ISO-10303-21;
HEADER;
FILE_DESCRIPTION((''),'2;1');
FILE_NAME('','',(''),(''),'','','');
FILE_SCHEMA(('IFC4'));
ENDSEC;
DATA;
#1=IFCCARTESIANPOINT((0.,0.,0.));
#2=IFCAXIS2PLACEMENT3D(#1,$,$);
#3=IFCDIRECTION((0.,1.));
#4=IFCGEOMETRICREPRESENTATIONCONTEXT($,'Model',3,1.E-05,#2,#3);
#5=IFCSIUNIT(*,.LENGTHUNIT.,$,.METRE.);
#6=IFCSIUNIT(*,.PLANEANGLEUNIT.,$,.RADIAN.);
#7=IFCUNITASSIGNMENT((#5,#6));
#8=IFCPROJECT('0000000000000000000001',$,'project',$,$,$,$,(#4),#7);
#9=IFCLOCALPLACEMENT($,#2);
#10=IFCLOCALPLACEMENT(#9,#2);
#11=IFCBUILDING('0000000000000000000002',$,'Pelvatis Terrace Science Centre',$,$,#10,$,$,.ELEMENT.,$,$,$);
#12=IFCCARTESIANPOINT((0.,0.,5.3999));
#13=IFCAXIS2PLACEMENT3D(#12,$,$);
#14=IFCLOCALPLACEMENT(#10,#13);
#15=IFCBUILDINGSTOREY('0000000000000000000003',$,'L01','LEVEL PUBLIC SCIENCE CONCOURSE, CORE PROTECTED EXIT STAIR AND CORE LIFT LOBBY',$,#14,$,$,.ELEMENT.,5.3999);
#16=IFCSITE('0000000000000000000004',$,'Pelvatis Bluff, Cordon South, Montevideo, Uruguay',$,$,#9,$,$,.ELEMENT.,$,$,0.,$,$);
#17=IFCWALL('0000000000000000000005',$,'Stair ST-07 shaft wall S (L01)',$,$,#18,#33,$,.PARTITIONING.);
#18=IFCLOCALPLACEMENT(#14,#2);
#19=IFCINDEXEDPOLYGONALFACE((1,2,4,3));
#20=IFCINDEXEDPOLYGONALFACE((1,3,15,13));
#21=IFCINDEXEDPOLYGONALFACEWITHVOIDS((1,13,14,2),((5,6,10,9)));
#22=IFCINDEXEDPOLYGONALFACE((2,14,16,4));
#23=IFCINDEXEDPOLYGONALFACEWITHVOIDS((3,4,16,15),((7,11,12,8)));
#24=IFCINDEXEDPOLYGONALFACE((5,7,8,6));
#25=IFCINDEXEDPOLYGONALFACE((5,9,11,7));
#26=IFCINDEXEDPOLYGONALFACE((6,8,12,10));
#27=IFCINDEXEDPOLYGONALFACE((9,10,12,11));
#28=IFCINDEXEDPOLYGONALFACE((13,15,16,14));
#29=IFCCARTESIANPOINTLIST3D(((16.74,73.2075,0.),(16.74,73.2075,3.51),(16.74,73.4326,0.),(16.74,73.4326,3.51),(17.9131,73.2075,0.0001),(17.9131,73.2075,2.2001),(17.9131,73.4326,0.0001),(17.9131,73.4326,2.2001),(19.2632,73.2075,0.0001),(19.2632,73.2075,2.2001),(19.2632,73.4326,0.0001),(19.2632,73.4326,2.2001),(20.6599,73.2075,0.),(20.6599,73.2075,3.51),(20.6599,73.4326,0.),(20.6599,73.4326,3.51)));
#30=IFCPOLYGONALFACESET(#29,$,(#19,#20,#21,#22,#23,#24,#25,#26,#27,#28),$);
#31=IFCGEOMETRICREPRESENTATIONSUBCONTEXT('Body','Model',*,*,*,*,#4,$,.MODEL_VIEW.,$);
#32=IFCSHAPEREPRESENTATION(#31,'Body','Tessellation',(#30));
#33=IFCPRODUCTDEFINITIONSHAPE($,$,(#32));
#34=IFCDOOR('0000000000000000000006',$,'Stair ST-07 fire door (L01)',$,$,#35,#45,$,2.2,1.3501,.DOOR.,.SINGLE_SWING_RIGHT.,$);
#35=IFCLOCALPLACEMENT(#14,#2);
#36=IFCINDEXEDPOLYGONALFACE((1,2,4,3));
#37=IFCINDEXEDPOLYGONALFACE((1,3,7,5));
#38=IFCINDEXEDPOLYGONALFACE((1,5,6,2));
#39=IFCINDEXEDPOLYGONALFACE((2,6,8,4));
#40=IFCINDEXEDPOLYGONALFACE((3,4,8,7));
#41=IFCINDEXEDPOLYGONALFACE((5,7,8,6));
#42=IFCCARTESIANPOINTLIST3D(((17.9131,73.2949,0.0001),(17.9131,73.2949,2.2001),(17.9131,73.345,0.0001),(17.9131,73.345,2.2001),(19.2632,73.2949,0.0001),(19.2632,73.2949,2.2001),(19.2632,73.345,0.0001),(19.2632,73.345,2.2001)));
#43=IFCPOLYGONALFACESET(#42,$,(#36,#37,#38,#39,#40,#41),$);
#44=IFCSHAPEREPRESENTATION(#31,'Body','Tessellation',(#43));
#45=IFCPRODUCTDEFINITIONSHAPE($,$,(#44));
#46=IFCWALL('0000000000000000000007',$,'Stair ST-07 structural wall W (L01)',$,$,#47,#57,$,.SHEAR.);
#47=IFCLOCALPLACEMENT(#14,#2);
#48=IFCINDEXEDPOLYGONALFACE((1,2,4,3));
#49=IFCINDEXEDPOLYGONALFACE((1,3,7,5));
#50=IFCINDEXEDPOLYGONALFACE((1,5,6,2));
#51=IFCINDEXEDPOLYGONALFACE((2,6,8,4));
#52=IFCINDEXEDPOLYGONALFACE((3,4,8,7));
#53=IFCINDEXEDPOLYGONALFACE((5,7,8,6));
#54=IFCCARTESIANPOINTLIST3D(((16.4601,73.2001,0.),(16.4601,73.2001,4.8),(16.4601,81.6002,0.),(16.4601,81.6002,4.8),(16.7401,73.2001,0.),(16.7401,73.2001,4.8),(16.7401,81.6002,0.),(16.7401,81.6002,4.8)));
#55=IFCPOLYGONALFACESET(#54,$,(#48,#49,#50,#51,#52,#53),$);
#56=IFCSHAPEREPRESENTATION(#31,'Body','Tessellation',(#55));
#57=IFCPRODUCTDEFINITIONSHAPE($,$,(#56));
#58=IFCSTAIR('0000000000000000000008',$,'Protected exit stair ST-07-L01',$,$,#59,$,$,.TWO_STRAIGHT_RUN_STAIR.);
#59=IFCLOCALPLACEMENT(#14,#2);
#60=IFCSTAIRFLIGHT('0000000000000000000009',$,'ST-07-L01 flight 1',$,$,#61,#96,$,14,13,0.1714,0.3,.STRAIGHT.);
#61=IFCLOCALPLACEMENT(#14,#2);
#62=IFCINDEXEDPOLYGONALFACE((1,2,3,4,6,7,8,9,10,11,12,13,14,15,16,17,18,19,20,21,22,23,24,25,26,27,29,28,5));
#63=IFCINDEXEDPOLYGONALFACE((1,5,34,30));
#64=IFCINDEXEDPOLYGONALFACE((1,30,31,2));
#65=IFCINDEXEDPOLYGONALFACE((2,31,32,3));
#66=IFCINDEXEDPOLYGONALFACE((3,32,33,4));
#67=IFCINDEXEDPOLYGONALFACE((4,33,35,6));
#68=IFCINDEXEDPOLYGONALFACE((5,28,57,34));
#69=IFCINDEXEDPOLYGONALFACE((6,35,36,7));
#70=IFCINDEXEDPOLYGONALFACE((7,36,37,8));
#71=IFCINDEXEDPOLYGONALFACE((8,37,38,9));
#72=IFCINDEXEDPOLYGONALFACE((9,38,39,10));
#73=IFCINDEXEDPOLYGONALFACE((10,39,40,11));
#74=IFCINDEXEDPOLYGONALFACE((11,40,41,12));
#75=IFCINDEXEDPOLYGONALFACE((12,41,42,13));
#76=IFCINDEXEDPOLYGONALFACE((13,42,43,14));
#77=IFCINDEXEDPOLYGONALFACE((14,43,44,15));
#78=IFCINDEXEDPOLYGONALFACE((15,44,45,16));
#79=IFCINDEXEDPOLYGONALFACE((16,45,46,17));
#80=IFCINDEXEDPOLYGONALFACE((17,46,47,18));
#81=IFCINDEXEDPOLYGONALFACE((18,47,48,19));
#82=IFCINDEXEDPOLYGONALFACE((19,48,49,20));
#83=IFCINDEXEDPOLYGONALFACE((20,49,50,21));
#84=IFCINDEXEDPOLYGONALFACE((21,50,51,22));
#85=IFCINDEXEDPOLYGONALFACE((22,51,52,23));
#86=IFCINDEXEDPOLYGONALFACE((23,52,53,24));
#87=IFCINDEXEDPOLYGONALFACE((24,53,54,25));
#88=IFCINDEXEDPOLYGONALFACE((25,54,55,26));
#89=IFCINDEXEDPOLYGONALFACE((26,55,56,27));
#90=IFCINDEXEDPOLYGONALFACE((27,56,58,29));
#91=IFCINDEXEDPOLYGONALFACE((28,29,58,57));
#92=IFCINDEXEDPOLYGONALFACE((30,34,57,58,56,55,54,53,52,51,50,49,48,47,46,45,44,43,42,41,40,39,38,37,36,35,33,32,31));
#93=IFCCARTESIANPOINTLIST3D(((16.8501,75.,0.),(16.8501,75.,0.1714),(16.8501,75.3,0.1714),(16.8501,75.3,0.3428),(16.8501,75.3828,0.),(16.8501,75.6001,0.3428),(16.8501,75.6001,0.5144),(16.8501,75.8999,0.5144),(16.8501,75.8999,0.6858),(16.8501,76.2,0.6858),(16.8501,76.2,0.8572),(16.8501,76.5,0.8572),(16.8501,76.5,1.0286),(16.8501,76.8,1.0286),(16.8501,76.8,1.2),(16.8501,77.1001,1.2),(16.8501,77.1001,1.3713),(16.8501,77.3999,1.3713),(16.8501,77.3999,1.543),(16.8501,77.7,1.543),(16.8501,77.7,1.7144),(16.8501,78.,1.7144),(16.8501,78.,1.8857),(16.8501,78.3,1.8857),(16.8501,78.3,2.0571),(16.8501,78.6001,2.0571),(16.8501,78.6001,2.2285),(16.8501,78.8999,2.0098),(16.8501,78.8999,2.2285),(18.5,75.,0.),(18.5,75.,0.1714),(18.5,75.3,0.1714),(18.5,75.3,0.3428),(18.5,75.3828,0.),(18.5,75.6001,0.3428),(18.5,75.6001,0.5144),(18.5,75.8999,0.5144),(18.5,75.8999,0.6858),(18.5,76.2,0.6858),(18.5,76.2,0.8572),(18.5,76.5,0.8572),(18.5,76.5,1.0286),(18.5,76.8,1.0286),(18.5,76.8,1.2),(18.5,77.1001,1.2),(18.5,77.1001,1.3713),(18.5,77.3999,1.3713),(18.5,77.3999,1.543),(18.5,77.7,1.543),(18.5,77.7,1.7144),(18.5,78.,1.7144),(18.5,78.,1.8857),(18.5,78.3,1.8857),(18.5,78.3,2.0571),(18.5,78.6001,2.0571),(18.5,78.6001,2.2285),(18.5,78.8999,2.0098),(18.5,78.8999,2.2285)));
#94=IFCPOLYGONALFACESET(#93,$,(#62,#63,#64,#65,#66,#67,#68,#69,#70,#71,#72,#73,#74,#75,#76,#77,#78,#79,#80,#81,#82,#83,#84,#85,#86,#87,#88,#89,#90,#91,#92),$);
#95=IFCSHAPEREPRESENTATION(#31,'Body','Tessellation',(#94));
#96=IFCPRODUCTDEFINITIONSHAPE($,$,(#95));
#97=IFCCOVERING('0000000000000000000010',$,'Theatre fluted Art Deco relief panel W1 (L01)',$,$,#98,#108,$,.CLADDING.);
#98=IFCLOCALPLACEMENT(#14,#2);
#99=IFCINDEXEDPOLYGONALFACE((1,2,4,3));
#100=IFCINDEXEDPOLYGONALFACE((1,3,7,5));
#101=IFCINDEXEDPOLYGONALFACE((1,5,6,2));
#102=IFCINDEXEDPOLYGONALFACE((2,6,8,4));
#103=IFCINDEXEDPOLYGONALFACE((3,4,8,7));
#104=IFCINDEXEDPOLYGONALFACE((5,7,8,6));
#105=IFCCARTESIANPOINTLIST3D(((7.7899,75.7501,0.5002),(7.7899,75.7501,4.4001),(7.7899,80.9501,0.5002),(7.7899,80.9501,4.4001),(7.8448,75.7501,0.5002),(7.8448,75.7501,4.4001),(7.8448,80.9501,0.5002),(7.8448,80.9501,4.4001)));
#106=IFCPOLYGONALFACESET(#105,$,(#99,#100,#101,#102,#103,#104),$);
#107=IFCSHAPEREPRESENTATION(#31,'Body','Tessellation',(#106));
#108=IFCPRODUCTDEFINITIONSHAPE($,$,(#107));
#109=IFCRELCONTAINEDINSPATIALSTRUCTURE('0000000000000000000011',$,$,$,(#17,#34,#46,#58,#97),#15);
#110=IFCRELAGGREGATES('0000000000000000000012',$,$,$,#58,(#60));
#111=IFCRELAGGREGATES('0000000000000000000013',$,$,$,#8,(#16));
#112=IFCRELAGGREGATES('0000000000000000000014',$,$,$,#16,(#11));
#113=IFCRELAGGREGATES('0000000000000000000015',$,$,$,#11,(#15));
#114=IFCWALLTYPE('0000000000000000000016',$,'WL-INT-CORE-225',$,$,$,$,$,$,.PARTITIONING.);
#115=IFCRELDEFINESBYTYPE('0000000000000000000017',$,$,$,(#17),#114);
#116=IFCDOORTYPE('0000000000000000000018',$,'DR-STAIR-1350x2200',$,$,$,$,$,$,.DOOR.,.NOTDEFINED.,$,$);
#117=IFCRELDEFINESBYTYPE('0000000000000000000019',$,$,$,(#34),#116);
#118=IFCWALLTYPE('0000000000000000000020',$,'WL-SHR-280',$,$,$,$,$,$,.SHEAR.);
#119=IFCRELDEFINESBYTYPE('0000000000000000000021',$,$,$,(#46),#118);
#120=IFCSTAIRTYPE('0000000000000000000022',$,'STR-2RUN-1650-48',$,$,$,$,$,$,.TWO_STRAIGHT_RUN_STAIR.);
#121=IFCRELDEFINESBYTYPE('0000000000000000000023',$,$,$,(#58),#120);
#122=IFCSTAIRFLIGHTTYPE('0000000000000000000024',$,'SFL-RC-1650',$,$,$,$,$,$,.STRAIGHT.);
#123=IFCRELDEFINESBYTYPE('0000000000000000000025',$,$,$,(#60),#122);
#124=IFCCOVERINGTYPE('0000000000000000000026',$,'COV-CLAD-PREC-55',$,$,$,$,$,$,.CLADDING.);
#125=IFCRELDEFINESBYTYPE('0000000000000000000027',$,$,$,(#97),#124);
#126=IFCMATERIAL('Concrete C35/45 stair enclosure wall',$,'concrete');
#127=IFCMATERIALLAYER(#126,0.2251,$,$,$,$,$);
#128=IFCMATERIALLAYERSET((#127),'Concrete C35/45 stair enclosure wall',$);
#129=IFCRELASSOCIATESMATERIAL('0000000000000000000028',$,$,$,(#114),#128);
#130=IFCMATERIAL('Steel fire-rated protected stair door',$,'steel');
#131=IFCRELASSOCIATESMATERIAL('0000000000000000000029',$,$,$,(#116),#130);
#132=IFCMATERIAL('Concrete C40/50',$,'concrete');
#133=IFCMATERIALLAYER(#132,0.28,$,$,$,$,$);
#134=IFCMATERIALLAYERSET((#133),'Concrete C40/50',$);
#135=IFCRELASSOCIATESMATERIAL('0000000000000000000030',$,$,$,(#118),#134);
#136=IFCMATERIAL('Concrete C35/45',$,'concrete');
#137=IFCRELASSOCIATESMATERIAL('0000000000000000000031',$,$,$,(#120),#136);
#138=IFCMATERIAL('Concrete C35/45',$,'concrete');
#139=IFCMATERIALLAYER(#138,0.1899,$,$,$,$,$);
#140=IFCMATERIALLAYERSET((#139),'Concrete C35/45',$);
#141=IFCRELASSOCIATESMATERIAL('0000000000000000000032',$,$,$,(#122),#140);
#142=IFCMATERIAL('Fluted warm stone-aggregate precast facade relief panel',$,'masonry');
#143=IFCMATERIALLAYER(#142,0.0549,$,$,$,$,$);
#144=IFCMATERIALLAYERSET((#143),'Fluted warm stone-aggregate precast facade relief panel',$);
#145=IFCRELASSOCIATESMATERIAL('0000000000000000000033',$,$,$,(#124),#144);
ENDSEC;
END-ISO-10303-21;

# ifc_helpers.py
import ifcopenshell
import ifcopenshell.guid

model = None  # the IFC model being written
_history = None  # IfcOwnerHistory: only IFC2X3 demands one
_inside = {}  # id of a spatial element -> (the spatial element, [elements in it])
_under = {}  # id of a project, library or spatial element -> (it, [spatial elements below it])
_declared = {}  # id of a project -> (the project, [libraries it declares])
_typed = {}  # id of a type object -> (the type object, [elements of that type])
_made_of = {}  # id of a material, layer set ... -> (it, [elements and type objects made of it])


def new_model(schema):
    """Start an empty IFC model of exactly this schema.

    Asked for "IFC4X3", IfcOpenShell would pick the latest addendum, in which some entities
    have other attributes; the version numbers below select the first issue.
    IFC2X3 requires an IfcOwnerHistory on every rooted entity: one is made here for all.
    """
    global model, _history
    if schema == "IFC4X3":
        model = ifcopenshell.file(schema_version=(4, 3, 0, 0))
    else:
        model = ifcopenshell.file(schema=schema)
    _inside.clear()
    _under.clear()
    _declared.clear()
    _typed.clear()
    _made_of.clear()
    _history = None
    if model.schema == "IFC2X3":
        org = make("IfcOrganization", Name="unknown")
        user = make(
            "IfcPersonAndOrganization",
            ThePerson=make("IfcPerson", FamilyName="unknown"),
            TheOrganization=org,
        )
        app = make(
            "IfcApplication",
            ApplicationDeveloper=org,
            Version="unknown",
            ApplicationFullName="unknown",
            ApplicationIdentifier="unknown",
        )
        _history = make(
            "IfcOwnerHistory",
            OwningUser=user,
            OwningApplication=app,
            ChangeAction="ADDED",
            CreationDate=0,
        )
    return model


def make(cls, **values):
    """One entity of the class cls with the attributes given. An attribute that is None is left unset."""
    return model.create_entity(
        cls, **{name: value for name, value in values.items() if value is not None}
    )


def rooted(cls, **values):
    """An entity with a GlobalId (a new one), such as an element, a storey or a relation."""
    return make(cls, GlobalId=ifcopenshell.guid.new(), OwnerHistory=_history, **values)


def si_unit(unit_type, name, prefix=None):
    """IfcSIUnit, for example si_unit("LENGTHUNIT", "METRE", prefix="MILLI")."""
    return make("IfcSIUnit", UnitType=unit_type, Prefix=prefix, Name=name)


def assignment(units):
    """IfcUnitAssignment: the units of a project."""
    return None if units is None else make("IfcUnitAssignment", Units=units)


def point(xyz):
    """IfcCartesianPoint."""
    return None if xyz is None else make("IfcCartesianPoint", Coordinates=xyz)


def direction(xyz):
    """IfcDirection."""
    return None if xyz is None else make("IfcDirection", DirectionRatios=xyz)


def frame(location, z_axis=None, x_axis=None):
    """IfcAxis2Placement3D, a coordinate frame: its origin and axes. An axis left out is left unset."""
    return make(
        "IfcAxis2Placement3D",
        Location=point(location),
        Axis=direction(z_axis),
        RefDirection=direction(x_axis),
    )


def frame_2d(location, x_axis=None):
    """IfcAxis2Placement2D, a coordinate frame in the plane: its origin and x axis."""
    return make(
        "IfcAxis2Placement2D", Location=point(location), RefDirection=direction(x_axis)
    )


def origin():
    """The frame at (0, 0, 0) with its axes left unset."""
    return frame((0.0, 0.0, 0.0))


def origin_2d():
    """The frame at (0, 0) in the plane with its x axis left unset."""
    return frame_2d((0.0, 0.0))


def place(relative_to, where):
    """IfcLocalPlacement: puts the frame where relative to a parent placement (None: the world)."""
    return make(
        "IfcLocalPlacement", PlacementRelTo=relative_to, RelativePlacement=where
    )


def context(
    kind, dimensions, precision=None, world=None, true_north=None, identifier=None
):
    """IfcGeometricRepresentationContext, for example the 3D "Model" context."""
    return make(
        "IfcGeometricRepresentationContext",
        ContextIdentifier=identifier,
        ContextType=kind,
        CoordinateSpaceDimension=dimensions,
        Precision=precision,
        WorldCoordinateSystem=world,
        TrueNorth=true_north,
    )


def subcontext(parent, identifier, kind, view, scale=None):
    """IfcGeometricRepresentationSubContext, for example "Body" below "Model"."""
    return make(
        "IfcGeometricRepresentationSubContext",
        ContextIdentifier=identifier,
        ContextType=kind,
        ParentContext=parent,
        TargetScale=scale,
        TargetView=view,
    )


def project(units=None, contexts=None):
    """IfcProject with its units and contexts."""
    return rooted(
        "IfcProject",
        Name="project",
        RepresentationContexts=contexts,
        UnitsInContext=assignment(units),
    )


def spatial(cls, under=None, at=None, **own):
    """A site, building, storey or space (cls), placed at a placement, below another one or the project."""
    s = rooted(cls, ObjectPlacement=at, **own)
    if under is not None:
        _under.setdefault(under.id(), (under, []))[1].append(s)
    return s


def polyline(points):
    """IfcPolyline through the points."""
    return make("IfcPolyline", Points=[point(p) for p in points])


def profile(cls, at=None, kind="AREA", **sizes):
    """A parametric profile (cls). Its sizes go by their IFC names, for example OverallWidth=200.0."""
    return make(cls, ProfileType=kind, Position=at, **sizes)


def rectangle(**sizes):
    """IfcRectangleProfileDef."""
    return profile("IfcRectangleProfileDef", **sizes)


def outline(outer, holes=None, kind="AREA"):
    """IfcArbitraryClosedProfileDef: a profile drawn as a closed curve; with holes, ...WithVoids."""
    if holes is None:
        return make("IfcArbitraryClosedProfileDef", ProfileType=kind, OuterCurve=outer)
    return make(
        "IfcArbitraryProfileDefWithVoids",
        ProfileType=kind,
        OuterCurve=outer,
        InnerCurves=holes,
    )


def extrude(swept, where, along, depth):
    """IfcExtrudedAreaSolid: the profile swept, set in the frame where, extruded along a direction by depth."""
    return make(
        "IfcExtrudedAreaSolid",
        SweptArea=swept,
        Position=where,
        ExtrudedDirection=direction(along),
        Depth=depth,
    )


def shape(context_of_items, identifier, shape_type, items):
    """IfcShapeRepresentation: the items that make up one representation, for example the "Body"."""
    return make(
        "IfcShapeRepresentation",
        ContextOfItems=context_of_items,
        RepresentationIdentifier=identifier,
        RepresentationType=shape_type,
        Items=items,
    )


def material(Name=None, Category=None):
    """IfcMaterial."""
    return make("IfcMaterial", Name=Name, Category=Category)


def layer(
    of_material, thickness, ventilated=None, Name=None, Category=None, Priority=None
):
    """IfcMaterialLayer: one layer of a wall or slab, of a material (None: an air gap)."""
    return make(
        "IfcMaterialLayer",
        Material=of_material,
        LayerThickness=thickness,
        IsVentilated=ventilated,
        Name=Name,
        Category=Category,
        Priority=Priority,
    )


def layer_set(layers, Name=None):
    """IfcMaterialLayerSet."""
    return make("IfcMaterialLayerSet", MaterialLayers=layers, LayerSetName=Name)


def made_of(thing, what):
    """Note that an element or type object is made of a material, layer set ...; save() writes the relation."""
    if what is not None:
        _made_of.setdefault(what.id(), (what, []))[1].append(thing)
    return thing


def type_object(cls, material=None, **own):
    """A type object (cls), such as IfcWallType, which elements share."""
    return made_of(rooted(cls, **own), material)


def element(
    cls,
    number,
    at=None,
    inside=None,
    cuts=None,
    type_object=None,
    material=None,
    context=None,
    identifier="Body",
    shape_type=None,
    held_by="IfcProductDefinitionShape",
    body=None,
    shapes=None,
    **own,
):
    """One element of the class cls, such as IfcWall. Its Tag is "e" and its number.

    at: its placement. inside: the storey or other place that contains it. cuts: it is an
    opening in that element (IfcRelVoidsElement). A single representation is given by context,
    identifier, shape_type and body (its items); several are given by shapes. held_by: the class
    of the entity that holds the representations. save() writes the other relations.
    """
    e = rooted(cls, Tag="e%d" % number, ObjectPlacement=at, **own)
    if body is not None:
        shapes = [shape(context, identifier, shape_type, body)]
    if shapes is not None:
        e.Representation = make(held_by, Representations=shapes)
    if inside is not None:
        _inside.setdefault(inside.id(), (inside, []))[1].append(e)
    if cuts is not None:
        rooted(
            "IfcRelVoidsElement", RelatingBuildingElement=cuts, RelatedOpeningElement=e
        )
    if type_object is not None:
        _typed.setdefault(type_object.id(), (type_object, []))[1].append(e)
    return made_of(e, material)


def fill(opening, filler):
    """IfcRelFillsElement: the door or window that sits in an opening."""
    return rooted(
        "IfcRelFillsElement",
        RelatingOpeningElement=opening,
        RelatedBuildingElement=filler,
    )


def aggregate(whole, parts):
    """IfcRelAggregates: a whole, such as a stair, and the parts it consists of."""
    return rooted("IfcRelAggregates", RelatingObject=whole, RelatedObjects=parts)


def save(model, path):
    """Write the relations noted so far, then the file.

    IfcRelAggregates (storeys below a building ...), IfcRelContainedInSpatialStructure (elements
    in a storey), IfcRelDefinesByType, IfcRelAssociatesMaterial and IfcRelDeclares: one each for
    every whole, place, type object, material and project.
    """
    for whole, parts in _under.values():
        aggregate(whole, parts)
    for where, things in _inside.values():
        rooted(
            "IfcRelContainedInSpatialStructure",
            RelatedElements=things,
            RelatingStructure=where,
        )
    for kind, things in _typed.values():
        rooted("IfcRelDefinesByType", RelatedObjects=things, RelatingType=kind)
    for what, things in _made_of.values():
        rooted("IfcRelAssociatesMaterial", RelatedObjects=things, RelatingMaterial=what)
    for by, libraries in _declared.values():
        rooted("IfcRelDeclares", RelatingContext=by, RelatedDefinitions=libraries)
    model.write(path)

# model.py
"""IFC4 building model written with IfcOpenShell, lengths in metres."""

from ifc_helpers import new_model, si_unit, direction, frame, frame_2d, origin, origin_2d, place, context, subcontext, project, spatial, polyline, rectangle, outline, extrude, material, layer, layer_set, type_object, element, fill, aggregate, save


model = new_model("IFC4")

# Units and contexts
model_context = context("Model", 3, precision=1e-05, world=origin(), true_north=direction((0.0, 1.0)))
body_context = subcontext(model_context, "Body", "Model", "MODEL_VIEW")
ifc_project = project(units=[si_unit("LENGTHUNIT", "METRE"), si_unit("PLANEANGLEUNIT", "RADIAN")], contexts=[model_context])

# Site, building, storey
site_placement = place(None, origin())
site = spatial("IfcSite", under=ifc_project, at=site_placement, Name="Pelvatis Bluff, Cordon South, Montevideo, Uruguay", CompositionType="ELEMENT", RefElevation=0.0)
building_placement = place(site_placement, origin())
building = spatial("IfcBuilding", under=site, at=building_placement, Name="Pelvatis Terrace Science Centre", CompositionType="ELEMENT")
storey_placement = place(building_placement, frame((0.0, 0.0, 5.3999)))
storey = spatial("IfcBuildingStorey", under=building, at=storey_placement, Name="L01", Description="LEVEL PUBLIC SCIENCE CONCOURSE, CORE PROTECTED EXIT STAIR AND CORE LIFT LOBBY", CompositionType="ELEMENT", Elevation=5.3999)

# Wall, opening, door
ifc_material_1 = material(Name="Concrete C35/45 stair enclosure wall", Category="concrete")
ifc_layer_1 = layer(ifc_material_1, 0.2251)
ifc_layer_set_1 = layer_set([ifc_layer_1], Name="Concrete C35/45 stair enclosure wall")
wall_type_1 = type_object("IfcWallType", Name="WL-INT-CORE-225", PredefinedType="PARTITIONING", material=ifc_layer_set_1)
wall_1_placement = place(storey_placement, frame((16.74, 73.3201, 0.0), z_axis=(0.0, 0.0, 1.0), x_axis=(1.0, 0.0, 0.0)))
wall_1 = element("IfcWall", 1, at=wall_1_placement, inside=storey, type_object=wall_type_1, Name="Stair ST-07 shaft wall S (L01)", PredefinedType="PARTITIONING", context=body_context, shape_type="SweptSolid", body=[
    extrude(rectangle(XDim=3.9199, YDim=0.2251, at=frame_2d((1.96, 0.0))), origin(), (0.0, 0.0, 1.0), 3.51),
])
opening_placement = place(wall_1_placement, frame((1.1731, 0.0, 0.0)))
opening = element("IfcOpeningElement", 2, at=opening_placement, cuts=wall_1, PredefinedType="OPENING", context=body_context, shape_type="SweptSolid", body=[
    extrude(rectangle(XDim=1.3501, YDim=2.2, at=frame_2d((0.675, 1.1001))), frame((0.0, 0.1226, 0.0), z_axis=(0.0, -1.0, 0.0), x_axis=(1.0, 0.0, 0.0)), (0.0, 0.0, 1.0), 0.2451),
])
ifc_material_2 = material(Name="Steel fire-rated protected stair door", Category="steel")
door_type = type_object("IfcDoorType", Name="DR-STAIR-1350x2200", OperationType="NOTDEFINED", PredefinedType="DOOR", material=ifc_material_2)
door_placement = place(opening_placement, origin())
door = element("IfcDoor", 3, at=door_placement, inside=storey, type_object=door_type, Name="Stair ST-07 fire door (L01)", OperationType="SINGLE_SWING_RIGHT", OverallHeight=2.2, OverallWidth=1.3501, PredefinedType="DOOR", context=body_context, shape_type="SweptSolid", body=[
    extrude(rectangle(XDim=1.3501, YDim=2.2, at=frame_2d((0.675, 1.1001))), frame((0.0, 0.0249, 0.0), z_axis=(0.0, -1.0, 0.0), x_axis=(1.0, 0.0, 0.0)), (0.0, 0.0, 1.0), 0.05),
])
fill(opening, door)

# Wall
ifc_material_3 = material(Name="Concrete C40/50", Category="concrete")
ifc_layer_2 = layer(ifc_material_3, 0.28)
ifc_layer_set_2 = layer_set([ifc_layer_2], Name="Concrete C40/50")
wall_type_2 = type_object("IfcWallType", Name="WL-SHR-280", PredefinedType="SHEAR", material=ifc_layer_set_2)
wall_2_placement = place(storey_placement, frame((16.6001, 73.2, 0.0), z_axis=(0.0, 0.0, 1.0), x_axis=(0.0, 1.0, 0.0)))
element("IfcWall", 4, at=wall_2_placement, inside=storey, type_object=wall_type_2, Name="Stair ST-07 structural wall W (L01)", PredefinedType="SHEAR", context=body_context, shape_type="SweptSolid", body=[
    extrude(rectangle(XDim=8.4001, YDim=0.28, at=frame_2d((4.2002, 0.0))), origin(), (0.0, 0.0, 1.0), 4.8),
])

# Stair, stair flight
ifc_material_4 = material(Name="Concrete C35/45", Category="concrete")
stair_type = type_object("IfcStairType", Name="STR-2RUN-1650-48", PredefinedType="TWO_STRAIGHT_RUN_STAIR", material=ifc_material_4)
stair_placement = place(storey_placement, origin())
stair = element("IfcStair", 5, at=stair_placement, inside=storey, type_object=stair_type, Name="Protected exit stair ST-07-L01", PredefinedType="TWO_STRAIGHT_RUN_STAIR")
ifc_material_5 = material(Name="Concrete C35/45", Category="concrete")
ifc_layer_3 = layer(ifc_material_5, 0.1899)
ifc_layer_set_3 = layer_set([ifc_layer_3], Name="Concrete C35/45")
stair_flight_type = type_object("IfcStairFlightType", Name="SFL-RC-1650", PredefinedType="STRAIGHT", material=ifc_layer_set_3)
stair_flight_placement = place(storey_placement, frame((17.675, 75.0, 0.0), z_axis=(0.0, 0.0, 1.0), x_axis=(0.0, 1.0, 0.0)))
stair_flight = element("IfcStairFlight", 6, at=stair_flight_placement, type_object=stair_flight_type, Name="ST-07-L01 flight 1", NumberOfRisers=14, NumberOfTreads=13, PredefinedType="STRAIGHT", RiserHeight=0.1714, TreadLength=0.3, context=body_context, shape_type="SweptSolid", body=[
    extrude(outline(polyline([(0.0, 0.0), (0.0, 0.1714), (0.3, 0.1714), (0.3, 0.3428), (0.6001, 0.3428), (0.6001, 0.5144), (0.8999, 0.5144), (0.8999, 0.6858), (1.2, 0.6858), (1.2, 0.8572), (1.5, 0.8572), (1.5, 1.0286), (1.8, 1.0286), (1.8, 1.2), (2.1001, 1.2), (2.1001, 1.3713), (2.3999, 1.3713), (2.3999, 1.543), (2.7, 1.543), (2.7, 1.7144), (3.0, 1.7144), (3.0, 1.8857), (3.3, 1.8857), (3.3, 2.0571), (3.6001, 2.0571), (3.6001, 2.2285), (3.8999, 2.2285), (3.8999, 2.3999), (3.8999, 2.0098), (0.3828, 0.0), (0.0, 0.0)])), frame((0.0, 0.825, 0.0), z_axis=(0.0, -1.0, 0.0), x_axis=(1.0, 0.0, 0.0)), (0.0, 0.0, 1.0), 1.6499),
])
aggregate(stair, [stair_flight])

# Covering
ifc_material_6 = material(Name="Fluted warm stone-aggregate precast facade relief panel", Category="masonry")
ifc_layer_4 = layer(ifc_material_6, 0.0549)
ifc_layer_set_4 = layer_set([ifc_layer_4], Name="Fluted warm stone-aggregate precast facade relief panel")
covering_type = type_object("IfcCoveringType", Name="COV-CLAD-PREC-55", PredefinedType="CLADDING", material=ifc_layer_set_4)
covering_placement = place(storey_placement, frame((7.8174, 78.3501, 0.5002), z_axis=(0.0, 0.0, 1.0), x_axis=(1.0, 0.0, 0.0)))
element("IfcCovering", 7, at=covering_placement, inside=storey, type_object=covering_type, Name="Theatre fluted Art Deco relief panel W1 (L01)", PredefinedType="CLADDING", context=body_context, shape_type="SweptSolid", body=[
    extrude(rectangle(XDim=0.0549, YDim=5.2, at=origin_2d()), origin(), (0.0, 0.0, 1.0), 3.8999),
])

save(model, "model.ifc")
